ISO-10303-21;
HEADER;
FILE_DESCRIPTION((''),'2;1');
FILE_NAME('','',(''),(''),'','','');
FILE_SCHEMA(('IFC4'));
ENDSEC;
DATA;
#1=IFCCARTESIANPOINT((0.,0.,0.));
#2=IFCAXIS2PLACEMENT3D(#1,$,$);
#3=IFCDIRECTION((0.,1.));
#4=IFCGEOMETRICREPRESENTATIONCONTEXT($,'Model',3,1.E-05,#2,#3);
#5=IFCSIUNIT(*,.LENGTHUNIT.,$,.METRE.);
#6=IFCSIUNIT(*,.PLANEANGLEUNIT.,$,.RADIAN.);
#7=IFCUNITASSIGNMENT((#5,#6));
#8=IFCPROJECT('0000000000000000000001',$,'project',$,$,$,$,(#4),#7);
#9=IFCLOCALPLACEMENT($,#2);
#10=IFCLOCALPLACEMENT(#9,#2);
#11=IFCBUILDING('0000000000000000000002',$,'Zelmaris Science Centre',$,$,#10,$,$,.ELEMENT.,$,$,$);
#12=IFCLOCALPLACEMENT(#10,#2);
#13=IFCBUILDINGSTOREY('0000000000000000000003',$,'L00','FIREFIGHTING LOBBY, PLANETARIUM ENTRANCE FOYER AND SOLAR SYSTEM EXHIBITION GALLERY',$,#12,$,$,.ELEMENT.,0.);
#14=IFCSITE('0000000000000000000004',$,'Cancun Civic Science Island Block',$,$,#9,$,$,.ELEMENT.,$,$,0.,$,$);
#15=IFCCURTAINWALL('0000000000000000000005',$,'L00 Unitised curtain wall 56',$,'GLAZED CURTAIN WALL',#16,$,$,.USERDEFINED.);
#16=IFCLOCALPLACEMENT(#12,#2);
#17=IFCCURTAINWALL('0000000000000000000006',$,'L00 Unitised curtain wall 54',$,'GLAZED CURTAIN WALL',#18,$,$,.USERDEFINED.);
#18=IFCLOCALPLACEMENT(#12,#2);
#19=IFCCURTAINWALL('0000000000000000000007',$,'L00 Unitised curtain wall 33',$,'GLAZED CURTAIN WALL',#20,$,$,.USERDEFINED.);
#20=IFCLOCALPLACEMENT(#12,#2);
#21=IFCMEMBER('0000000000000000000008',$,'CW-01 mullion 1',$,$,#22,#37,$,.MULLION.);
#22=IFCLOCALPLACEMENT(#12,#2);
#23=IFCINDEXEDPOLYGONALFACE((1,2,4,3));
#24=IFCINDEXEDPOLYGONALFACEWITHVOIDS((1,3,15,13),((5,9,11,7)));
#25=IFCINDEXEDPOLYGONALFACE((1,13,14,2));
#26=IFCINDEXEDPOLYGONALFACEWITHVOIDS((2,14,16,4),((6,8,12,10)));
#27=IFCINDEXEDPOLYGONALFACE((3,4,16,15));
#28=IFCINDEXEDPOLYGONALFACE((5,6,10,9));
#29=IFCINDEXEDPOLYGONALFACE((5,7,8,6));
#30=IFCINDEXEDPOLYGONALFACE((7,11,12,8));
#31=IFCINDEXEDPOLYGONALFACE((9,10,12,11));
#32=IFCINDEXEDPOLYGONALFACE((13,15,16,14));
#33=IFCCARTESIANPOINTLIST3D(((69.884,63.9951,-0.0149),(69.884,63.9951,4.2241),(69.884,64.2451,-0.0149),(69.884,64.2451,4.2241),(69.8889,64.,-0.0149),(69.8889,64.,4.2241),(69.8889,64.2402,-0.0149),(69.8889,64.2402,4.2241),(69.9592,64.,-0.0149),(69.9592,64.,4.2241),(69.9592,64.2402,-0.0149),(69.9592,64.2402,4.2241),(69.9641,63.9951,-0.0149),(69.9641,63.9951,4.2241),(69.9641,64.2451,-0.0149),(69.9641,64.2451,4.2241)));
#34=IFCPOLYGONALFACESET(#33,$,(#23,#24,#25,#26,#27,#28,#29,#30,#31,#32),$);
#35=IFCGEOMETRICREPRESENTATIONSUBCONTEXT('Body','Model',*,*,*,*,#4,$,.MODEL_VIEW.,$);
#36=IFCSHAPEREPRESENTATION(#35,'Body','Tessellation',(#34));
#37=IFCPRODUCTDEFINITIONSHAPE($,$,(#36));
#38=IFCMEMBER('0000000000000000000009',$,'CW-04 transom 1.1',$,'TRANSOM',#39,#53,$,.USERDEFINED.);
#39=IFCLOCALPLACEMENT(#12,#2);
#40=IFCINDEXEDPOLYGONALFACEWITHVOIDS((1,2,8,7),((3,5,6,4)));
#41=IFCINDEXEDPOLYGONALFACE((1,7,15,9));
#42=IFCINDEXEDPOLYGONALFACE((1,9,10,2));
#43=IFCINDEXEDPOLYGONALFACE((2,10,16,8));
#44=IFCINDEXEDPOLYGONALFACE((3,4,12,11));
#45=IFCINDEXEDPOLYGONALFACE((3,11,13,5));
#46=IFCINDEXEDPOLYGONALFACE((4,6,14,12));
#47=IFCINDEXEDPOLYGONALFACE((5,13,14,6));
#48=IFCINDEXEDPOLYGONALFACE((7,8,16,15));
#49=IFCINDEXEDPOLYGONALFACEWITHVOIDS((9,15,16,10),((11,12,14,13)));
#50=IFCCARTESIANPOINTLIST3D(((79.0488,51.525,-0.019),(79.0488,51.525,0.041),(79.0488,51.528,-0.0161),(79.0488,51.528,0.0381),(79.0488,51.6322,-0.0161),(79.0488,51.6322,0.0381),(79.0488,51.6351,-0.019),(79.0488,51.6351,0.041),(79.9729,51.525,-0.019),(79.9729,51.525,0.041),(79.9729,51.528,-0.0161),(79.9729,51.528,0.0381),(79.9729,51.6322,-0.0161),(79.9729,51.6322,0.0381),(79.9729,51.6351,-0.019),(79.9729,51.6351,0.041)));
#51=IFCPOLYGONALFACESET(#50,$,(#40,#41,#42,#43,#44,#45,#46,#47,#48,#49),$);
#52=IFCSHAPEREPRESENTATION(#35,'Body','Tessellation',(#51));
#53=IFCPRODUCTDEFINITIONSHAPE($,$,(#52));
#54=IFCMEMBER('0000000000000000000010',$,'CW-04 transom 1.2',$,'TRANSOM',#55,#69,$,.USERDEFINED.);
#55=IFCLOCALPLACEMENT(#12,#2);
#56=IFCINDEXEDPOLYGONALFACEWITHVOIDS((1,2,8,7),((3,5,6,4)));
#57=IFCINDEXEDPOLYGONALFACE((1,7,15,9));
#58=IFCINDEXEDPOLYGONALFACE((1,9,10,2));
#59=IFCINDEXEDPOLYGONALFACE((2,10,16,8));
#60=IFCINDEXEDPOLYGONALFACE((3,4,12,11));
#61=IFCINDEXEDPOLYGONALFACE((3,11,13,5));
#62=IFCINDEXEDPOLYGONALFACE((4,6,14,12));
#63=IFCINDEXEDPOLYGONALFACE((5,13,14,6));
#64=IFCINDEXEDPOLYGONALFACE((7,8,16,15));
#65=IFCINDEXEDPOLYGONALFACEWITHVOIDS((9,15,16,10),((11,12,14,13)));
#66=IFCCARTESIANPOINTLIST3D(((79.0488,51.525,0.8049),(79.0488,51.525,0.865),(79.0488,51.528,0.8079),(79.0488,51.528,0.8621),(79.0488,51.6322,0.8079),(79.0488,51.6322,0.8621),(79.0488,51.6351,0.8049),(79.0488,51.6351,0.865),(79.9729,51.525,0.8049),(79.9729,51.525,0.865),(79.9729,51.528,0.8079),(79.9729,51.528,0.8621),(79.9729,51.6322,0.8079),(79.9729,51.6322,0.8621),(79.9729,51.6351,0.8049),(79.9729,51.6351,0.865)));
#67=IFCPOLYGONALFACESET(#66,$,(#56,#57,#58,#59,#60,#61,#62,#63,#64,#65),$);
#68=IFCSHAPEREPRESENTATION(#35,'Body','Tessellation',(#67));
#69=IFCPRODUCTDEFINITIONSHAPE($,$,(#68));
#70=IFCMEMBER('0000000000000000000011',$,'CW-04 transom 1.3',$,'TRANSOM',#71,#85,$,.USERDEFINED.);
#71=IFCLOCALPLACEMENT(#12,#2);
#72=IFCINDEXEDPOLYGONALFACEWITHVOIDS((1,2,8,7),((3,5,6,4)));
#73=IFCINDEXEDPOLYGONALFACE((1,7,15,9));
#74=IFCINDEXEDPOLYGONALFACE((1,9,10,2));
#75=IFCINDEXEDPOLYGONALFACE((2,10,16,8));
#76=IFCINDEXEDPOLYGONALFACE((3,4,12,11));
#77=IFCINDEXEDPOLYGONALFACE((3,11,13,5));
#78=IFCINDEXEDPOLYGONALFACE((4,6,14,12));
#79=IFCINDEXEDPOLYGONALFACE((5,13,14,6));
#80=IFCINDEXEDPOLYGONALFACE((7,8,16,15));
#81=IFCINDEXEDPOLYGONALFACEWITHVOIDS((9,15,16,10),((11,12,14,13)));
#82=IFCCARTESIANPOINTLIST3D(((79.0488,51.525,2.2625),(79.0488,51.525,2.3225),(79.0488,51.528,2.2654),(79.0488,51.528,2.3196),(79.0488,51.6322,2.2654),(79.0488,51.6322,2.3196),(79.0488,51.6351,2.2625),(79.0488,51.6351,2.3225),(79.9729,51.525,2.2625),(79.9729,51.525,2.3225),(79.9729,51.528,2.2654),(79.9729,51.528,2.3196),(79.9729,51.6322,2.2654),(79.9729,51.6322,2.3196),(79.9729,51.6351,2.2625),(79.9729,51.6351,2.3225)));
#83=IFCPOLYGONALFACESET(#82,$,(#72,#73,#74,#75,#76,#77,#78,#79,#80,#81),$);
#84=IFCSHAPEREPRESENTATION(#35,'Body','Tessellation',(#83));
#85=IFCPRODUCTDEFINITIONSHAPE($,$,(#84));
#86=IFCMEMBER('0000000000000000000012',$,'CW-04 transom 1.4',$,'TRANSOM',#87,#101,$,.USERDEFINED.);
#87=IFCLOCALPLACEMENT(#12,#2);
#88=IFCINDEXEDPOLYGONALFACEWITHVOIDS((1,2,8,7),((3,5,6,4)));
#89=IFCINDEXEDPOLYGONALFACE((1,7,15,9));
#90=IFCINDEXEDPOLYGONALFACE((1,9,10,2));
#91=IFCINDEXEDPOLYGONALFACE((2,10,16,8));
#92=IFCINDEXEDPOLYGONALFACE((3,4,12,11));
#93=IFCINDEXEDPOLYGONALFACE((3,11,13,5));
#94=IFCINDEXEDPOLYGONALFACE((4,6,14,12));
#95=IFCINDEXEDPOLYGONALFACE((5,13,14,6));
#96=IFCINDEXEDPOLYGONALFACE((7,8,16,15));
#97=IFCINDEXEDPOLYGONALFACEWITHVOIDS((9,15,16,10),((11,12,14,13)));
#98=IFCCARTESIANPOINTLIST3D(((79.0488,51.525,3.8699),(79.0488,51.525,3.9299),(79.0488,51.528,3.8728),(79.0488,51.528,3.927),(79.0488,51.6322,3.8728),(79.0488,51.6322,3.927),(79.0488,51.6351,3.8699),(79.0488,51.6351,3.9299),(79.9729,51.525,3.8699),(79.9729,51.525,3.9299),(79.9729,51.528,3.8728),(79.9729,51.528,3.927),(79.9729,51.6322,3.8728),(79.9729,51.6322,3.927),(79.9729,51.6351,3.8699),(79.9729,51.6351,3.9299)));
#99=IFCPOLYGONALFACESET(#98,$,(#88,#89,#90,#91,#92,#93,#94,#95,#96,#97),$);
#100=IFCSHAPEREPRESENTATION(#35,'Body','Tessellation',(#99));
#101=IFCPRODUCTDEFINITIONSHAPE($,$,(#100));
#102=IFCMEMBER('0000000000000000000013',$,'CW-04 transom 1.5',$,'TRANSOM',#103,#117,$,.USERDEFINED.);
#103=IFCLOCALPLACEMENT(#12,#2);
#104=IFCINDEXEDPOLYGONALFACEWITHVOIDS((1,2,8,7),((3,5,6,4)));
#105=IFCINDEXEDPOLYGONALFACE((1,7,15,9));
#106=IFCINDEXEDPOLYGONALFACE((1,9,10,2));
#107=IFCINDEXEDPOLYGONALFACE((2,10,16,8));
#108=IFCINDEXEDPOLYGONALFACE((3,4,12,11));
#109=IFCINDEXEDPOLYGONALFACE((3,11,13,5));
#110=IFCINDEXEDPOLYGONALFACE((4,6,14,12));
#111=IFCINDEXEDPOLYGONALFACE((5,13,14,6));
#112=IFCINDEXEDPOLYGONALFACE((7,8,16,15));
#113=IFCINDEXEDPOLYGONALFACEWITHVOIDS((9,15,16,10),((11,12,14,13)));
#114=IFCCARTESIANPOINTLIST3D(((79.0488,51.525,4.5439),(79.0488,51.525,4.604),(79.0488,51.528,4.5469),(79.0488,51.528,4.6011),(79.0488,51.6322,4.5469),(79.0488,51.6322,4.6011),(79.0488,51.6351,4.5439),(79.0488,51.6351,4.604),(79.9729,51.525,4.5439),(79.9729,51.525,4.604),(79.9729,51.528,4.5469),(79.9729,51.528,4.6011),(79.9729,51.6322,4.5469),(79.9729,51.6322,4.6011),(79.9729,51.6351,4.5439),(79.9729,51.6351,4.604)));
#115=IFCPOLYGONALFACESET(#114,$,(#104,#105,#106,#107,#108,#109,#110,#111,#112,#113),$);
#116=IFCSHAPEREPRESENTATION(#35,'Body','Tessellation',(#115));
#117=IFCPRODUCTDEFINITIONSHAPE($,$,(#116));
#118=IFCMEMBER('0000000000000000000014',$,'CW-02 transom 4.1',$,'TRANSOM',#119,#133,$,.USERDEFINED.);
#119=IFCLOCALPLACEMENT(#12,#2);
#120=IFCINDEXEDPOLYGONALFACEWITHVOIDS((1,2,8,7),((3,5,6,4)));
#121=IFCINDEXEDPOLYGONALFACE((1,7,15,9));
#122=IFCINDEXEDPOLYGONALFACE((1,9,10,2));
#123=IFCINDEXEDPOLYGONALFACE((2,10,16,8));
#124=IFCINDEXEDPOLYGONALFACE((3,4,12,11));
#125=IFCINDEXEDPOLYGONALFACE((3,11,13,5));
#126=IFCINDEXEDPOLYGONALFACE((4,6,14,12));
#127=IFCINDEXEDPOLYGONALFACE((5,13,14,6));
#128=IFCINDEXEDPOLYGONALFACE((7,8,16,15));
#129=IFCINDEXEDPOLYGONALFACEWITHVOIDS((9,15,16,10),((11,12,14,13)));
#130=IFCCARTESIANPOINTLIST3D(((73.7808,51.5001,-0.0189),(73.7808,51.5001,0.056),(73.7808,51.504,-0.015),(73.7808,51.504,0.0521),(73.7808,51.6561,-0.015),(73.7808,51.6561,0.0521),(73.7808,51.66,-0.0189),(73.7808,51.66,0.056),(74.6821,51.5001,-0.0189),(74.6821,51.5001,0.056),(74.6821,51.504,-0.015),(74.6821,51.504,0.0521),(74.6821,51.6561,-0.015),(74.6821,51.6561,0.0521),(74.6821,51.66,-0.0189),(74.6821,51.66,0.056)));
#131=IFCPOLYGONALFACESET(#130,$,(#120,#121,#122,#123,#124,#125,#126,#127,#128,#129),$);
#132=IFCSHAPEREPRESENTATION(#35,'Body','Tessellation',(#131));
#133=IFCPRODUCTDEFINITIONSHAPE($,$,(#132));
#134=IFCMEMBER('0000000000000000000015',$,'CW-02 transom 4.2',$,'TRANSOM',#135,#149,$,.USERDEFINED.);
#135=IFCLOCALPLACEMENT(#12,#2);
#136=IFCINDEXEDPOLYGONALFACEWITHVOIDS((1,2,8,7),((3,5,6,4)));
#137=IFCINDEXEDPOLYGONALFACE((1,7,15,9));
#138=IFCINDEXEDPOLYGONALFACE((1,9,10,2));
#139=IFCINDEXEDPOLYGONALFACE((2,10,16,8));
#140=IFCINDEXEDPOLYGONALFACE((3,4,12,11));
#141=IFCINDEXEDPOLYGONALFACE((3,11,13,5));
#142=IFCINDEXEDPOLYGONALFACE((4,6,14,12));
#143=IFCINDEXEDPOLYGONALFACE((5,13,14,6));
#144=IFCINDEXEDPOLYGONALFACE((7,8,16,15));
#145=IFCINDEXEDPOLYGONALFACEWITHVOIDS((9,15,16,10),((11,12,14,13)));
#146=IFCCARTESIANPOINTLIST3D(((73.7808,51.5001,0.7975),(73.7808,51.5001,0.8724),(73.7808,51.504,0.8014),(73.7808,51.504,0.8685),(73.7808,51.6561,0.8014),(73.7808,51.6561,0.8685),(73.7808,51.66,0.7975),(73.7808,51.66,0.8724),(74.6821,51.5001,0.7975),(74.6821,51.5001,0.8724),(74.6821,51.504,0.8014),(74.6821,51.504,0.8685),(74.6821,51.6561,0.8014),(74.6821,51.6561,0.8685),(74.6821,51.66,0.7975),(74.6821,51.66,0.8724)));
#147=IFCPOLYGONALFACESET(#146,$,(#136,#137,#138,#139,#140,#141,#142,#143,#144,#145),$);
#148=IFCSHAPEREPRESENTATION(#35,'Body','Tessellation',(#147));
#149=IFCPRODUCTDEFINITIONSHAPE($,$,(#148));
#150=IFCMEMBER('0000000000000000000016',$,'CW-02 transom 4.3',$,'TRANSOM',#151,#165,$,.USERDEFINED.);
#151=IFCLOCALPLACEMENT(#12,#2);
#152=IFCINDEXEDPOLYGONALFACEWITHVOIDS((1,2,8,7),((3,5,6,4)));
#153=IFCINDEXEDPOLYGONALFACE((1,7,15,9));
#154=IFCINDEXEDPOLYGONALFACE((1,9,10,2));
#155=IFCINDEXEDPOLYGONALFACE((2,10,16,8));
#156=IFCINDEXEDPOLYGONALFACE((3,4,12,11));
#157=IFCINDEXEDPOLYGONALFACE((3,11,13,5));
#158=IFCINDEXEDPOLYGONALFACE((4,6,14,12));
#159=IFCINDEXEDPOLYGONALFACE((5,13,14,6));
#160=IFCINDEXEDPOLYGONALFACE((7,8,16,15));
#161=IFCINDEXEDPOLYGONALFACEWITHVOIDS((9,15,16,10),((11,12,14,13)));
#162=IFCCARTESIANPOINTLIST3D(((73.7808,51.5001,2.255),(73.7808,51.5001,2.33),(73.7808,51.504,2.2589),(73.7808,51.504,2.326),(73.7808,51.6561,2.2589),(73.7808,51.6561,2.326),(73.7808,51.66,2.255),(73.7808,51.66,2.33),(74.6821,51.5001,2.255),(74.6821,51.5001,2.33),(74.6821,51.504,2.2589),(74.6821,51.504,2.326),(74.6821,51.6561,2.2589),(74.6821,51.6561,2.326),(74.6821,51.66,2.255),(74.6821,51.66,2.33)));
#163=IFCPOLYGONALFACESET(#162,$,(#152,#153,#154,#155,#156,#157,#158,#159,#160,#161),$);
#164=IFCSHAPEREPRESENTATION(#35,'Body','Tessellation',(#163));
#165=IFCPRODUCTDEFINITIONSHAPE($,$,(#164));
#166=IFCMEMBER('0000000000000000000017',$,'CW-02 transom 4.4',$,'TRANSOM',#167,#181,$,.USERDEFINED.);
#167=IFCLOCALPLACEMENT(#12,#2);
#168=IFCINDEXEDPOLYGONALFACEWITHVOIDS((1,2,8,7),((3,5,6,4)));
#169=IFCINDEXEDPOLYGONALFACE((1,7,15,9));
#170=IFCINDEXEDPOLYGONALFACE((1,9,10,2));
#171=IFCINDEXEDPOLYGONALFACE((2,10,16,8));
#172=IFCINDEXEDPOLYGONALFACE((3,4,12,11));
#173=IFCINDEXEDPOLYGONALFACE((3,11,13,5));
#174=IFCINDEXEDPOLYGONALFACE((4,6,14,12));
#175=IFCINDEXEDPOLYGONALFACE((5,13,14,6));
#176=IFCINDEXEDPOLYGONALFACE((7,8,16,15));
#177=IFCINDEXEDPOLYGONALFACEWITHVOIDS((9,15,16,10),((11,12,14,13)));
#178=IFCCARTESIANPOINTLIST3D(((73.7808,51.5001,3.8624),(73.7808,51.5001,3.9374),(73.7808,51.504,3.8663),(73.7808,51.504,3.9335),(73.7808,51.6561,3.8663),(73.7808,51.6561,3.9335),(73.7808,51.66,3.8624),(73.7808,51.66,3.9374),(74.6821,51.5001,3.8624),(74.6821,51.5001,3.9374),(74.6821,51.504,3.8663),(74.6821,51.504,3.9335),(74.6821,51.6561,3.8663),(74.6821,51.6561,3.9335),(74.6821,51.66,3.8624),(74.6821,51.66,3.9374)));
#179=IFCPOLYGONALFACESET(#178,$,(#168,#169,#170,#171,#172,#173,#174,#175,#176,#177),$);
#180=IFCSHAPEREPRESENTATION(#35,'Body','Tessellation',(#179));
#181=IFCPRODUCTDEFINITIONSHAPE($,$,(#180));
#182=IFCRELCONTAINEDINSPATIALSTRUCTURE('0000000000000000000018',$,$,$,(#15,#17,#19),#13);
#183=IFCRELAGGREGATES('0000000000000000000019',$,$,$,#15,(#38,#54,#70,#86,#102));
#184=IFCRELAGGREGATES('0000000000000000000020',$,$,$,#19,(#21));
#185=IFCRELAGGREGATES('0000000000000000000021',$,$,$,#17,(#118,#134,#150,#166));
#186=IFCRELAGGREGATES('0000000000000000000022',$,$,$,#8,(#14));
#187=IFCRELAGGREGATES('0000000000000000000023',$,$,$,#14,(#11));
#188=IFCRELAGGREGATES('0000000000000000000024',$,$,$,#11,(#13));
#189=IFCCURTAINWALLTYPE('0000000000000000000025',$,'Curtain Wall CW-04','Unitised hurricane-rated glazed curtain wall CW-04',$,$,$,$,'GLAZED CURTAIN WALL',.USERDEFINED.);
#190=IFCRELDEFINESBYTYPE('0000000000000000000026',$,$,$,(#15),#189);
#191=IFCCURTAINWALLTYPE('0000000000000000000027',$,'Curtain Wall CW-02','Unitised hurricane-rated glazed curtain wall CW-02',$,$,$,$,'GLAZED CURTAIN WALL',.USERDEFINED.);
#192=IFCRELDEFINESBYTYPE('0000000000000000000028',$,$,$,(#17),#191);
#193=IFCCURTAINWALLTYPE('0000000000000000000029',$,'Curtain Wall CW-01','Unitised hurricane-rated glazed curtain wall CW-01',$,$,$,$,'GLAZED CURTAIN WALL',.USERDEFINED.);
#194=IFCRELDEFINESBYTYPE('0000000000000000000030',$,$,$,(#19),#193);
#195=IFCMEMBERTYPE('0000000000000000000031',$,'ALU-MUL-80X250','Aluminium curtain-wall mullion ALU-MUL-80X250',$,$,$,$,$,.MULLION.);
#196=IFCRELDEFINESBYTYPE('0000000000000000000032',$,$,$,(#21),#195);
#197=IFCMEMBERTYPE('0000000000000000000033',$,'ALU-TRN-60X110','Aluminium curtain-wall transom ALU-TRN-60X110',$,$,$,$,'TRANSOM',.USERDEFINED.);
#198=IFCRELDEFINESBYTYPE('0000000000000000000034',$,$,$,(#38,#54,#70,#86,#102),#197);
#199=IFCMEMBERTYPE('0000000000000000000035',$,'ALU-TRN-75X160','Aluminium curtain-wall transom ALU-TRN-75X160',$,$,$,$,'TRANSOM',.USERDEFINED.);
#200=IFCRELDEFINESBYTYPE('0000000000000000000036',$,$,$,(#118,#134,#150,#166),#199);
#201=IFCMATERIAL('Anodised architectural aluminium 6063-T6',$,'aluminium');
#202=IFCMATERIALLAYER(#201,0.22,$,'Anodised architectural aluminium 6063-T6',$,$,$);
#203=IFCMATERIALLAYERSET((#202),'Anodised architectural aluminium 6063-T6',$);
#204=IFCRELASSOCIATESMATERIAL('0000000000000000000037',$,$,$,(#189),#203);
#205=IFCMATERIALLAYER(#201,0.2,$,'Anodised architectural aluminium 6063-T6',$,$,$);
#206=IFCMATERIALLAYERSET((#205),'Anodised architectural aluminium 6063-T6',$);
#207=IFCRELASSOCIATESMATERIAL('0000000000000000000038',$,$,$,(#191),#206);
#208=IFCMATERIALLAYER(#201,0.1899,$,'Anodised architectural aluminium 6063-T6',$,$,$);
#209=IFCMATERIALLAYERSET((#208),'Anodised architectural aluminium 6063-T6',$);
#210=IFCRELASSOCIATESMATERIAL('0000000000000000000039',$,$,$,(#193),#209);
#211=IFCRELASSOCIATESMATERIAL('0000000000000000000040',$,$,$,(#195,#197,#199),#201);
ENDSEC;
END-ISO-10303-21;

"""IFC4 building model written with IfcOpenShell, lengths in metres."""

from ifc_helpers import new_model, si_unit, direction, frame, origin, origin_2d, place, context, subcontext, project, spatial, hollow_rectangle, extrude, material, layer, layer_set, material_profile, profile_set, type_object, element, aggregate, save


model = new_model("IFC4")

# Units and contexts
model_context = context("Model", 3, precision=1e-05, world=origin(), true_north=direction((0.0, 1.0)))
body_context = subcontext(model_context, "Body", "Model", "MODEL_VIEW")
ifc_project = project(units=[si_unit("LENGTHUNIT", "METRE"), si_unit("PLANEANGLEUNIT", "RADIAN")], contexts=[model_context])

# Site, building, storey
site_placement = place(None, origin())
site = spatial("IfcSite", under=ifc_project, at=site_placement, Name="Cancun Civic Science Island Block", CompositionType="ELEMENT", RefElevation=0.0)
building_placement = place(site_placement, origin())
building = spatial("IfcBuilding", under=site, at=building_placement, Name="Zelmaris Science Centre", CompositionType="ELEMENT")
storey_placement = place(building_placement, origin())
storey = spatial("IfcBuildingStorey", under=building, at=storey_placement, Name="L00", Description="FIREFIGHTING LOBBY, PLANETARIUM ENTRANCE FOYER AND SOLAR SYSTEM EXHIBITION GALLERY", CompositionType="ELEMENT", Elevation=0.0)

# Curtain wall
ifc_material_1 = material(Name="Anodised architectural aluminium 6063-T6", Category="aluminium")
ifc_layer_1 = layer(ifc_material_1, 0.22, Name="Anodised architectural aluminium 6063-T6")
ifc_layer_set_1 = layer_set([ifc_layer_1], Name="Anodised architectural aluminium 6063-T6")
curtain_wall_type_1 = type_object("IfcCurtainWallType", Name="Curtain Wall CW-04", Description="Unitised hurricane-rated glazed curtain wall CW-04", ElementType="GLAZED CURTAIN WALL", PredefinedType="USERDEFINED", material=ifc_layer_set_1)
curtain_wall_1_placement = place(storey_placement, origin())
curtain_wall_1 = element("IfcCurtainWall", 1, at=curtain_wall_1_placement, inside=storey, type_object=curtain_wall_type_1, Name="L00 Unitised curtain wall 56", ObjectType="GLAZED CURTAIN WALL", PredefinedType="USERDEFINED")

# Curtain wall
ifc_layer_2 = layer(ifc_material_1, 0.2, Name="Anodised architectural aluminium 6063-T6")
ifc_layer_set_2 = layer_set([ifc_layer_2], Name="Anodised architectural aluminium 6063-T6")
curtain_wall_type_2 = type_object("IfcCurtainWallType", Name="Curtain Wall CW-02", Description="Unitised hurricane-rated glazed curtain wall CW-02", ElementType="GLAZED CURTAIN WALL", PredefinedType="USERDEFINED", material=ifc_layer_set_2)
curtain_wall_2_placement = place(storey_placement, origin())
curtain_wall_2 = element("IfcCurtainWall", 2, at=curtain_wall_2_placement, inside=storey, type_object=curtain_wall_type_2, Name="L00 Unitised curtain wall 54", ObjectType="GLAZED CURTAIN WALL", PredefinedType="USERDEFINED")

# Curtain wall, member
ifc_layer_3 = layer(ifc_material_1, 0.1899, Name="Anodised architectural aluminium 6063-T6")
ifc_layer_set_3 = layer_set([ifc_layer_3], Name="Anodised architectural aluminium 6063-T6")
curtain_wall_type_3 = type_object("IfcCurtainWallType", Name="Curtain Wall CW-01", Description="Unitised hurricane-rated glazed curtain wall CW-01", ElementType="GLAZED CURTAIN WALL", PredefinedType="USERDEFINED", material=ifc_layer_set_3)
curtain_wall_3_placement = place(storey_placement, origin())
curtain_wall_3 = element("IfcCurtainWall", 3, at=curtain_wall_3_placement, inside=storey, type_object=curtain_wall_type_3, Name="L00 Unitised curtain wall 33", ObjectType="GLAZED CURTAIN WALL", PredefinedType="USERDEFINED")
ifc_material_profile_1 = material_profile(ifc_material_1, hollow_rectangle(XDim=0.0801, YDim=0.25, WallThickness=0.0049, at=origin_2d()), Name="ALU-MUL-80X250")
ifc_profile_set_1 = profile_set([ifc_material_profile_1], Name="Anodised architectural aluminium 6063-T6")
member_type_1 = type_object("IfcMemberType", Name="ALU-MUL-80X250", Description="Aluminium curtain-wall mullion ALU-MUL-80X250", PredefinedType="MULLION", material=ifc_profile_set_1)
member_1_placement = place(storey_placement, frame((69.9241, 64.1201, -0.0149), z_axis=(0.0, 0.0, 1.0), x_axis=(-1.0, 0.0, 0.0)))
member_1 = element("IfcMember", 4, at=member_1_placement, type_object=member_type_1, Name="CW-01 mullion 1", PredefinedType="MULLION", context=body_context, shape_type="SweptSolid", body=[
    extrude(hollow_rectangle(XDim=0.0801, YDim=0.25, WallThickness=0.0049, at=origin_2d()), origin(), (0.0, 0.0, 1.0), 4.239),
])

# Members
ifc_material_profile_2 = material_profile(ifc_material_1, hollow_rectangle(XDim=0.0601, YDim=0.1101, WallThickness=0.0029, at=origin_2d()), Name="ALU-TRN-60X110")
ifc_profile_set_2 = profile_set([ifc_material_profile_2], Name="Anodised architectural aluminium 6063-T6")
member_type_2 = type_object("IfcMemberType", Name="ALU-TRN-60X110", Description="Aluminium curtain-wall transom ALU-TRN-60X110", ElementType="TRANSOM", PredefinedType="USERDEFINED", material=ifc_profile_set_2)
member_2_placement = place(storey_placement, frame((79.0488, 51.5801, 0.011), z_axis=(1.0, 0.0, 0.0), x_axis=(0.0, 0.0, 1.0)))
member_2 = element("IfcMember", 5, at=member_2_placement, type_object=member_type_2, Name="CW-04 transom 1.1", ObjectType="TRANSOM", PredefinedType="USERDEFINED", context=body_context, shape_type="SweptSolid", body=[
    extrude(hollow_rectangle(XDim=0.0601, YDim=0.1101, WallThickness=0.0029, at=origin_2d()), origin(), (0.0, 0.0, 1.0), 0.9241),
])
member_3_placement = place(storey_placement, frame((79.0488, 51.5801, 0.835), z_axis=(1.0, 0.0, 0.0), x_axis=(0.0, 0.0, 1.0)))
member_3 = element("IfcMember", 6, at=member_3_placement, type_object=member_type_2, Name="CW-04 transom 1.2", ObjectType="TRANSOM", PredefinedType="USERDEFINED", context=body_context, shape_type="SweptSolid", body=[
    extrude(hollow_rectangle(XDim=0.0601, YDim=0.1101, WallThickness=0.0029, at=origin_2d()), origin(), (0.0, 0.0, 1.0), 0.9241),
])
member_4_placement = place(storey_placement, frame((79.0488, 51.5801, 2.2925), z_axis=(1.0, 0.0, 0.0), x_axis=(0.0, 0.0, 1.0)))
member_4 = element("IfcMember", 7, at=member_4_placement, type_object=member_type_2, Name="CW-04 transom 1.3", ObjectType="TRANSOM", PredefinedType="USERDEFINED", context=body_context, shape_type="SweptSolid", body=[
    extrude(hollow_rectangle(XDim=0.0601, YDim=0.1101, WallThickness=0.0029, at=origin_2d()), origin(), (0.0, 0.0, 1.0), 0.9241),
])
member_5_placement = place(storey_placement, frame((79.0488, 51.5801, 3.8999), z_axis=(1.0, 0.0, 0.0), x_axis=(0.0, 0.0, 1.0)))
member_5 = element("IfcMember", 8, at=member_5_placement, type_object=member_type_2, Name="CW-04 transom 1.4", ObjectType="TRANSOM", PredefinedType="USERDEFINED", context=body_context, shape_type="SweptSolid", body=[
    extrude(hollow_rectangle(XDim=0.0601, YDim=0.1101, WallThickness=0.0029, at=origin_2d()), origin(), (0.0, 0.0, 1.0), 0.9241),
])
member_6_placement = place(storey_placement, frame((79.0488, 51.5801, 4.574), z_axis=(1.0, 0.0, 0.0), x_axis=(0.0, 0.0, 1.0)))
member_6 = element("IfcMember", 9, at=member_6_placement, type_object=member_type_2, Name="CW-04 transom 1.5", ObjectType="TRANSOM", PredefinedType="USERDEFINED", context=body_context, shape_type="SweptSolid", body=[
    extrude(hollow_rectangle(XDim=0.0601, YDim=0.1101, WallThickness=0.0029, at=origin_2d()), origin(), (0.0, 0.0, 1.0), 0.9241),
])
aggregate(curtain_wall_1, [member_2, member_3, member_4, member_5, member_6])
ifc_material_profile_3 = material_profile(ifc_material_1, hollow_rectangle(XDim=0.075, YDim=0.1599, WallThickness=0.0039, at=origin_2d()), Name="ALU-TRN-75X160")
ifc_profile_set_3 = profile_set([ifc_material_profile_3], Name="Anodised architectural aluminium 6063-T6")
member_type_3 = type_object("IfcMemberType", Name="ALU-TRN-75X160", Description="Aluminium curtain-wall transom ALU-TRN-75X160", ElementType="TRANSOM", PredefinedType="USERDEFINED", material=ifc_profile_set_3)
member_7_placement = place(storey_placement, frame((73.7808, 51.5801, 0.0186), z_axis=(1.0, 0.0, 0.0), x_axis=(0.0, 0.0, 1.0)))
member_7 = element("IfcMember", 10, at=member_7_placement, type_object=member_type_3, Name="CW-02 transom 4.1", ObjectType="TRANSOM", PredefinedType="USERDEFINED", context=body_context, shape_type="SweptSolid", body=[
    extrude(hollow_rectangle(XDim=0.075, YDim=0.1599, WallThickness=0.0039, at=origin_2d()), origin(), (0.0, 0.0, 1.0), 0.9014),
])
member_8_placement = place(storey_placement, frame((73.7808, 51.5801, 0.835), z_axis=(1.0, 0.0, 0.0), x_axis=(0.0, 0.0, 1.0)))
member_8 = element("IfcMember", 11, at=member_8_placement, type_object=member_type_3, Name="CW-02 transom 4.2", ObjectType="TRANSOM", PredefinedType="USERDEFINED", context=body_context, shape_type="SweptSolid", body=[
    extrude(hollow_rectangle(XDim=0.075, YDim=0.1599, WallThickness=0.0039, at=origin_2d()), origin(), (0.0, 0.0, 1.0), 0.9014),
])
member_9_placement = place(storey_placement, frame((73.7808, 51.5801, 2.2925), z_axis=(1.0, 0.0, 0.0), x_axis=(0.0, 0.0, 1.0)))
member_9 = element("IfcMember", 12, at=member_9_placement, type_object=member_type_3, Name="CW-02 transom 4.3", ObjectType="TRANSOM", PredefinedType="USERDEFINED", context=body_context, shape_type="SweptSolid", body=[
    extrude(hollow_rectangle(XDim=0.075, YDim=0.1599, WallThickness=0.0039, at=origin_2d()), origin(), (0.0, 0.0, 1.0), 0.9014),
])
member_10_placement = place(storey_placement, frame((73.7808, 51.5801, 3.8999), z_axis=(1.0, 0.0, 0.0), x_axis=(0.0, 0.0, 1.0)))
member_10 = element("IfcMember", 13, at=member_10_placement, type_object=member_type_3, Name="CW-02 transom 4.4", ObjectType="TRANSOM", PredefinedType="USERDEFINED", context=body_context, shape_type="SweptSolid", body=[
    extrude(hollow_rectangle(XDim=0.075, YDim=0.1599, WallThickness=0.0039, at=origin_2d()), origin(), (0.0, 0.0, 1.0), 0.9014),
])

aggregate(curtain_wall_3, [member_1])
aggregate(curtain_wall_2, [member_7, member_8, member_9, member_10])

save(model, "model.ifc")
